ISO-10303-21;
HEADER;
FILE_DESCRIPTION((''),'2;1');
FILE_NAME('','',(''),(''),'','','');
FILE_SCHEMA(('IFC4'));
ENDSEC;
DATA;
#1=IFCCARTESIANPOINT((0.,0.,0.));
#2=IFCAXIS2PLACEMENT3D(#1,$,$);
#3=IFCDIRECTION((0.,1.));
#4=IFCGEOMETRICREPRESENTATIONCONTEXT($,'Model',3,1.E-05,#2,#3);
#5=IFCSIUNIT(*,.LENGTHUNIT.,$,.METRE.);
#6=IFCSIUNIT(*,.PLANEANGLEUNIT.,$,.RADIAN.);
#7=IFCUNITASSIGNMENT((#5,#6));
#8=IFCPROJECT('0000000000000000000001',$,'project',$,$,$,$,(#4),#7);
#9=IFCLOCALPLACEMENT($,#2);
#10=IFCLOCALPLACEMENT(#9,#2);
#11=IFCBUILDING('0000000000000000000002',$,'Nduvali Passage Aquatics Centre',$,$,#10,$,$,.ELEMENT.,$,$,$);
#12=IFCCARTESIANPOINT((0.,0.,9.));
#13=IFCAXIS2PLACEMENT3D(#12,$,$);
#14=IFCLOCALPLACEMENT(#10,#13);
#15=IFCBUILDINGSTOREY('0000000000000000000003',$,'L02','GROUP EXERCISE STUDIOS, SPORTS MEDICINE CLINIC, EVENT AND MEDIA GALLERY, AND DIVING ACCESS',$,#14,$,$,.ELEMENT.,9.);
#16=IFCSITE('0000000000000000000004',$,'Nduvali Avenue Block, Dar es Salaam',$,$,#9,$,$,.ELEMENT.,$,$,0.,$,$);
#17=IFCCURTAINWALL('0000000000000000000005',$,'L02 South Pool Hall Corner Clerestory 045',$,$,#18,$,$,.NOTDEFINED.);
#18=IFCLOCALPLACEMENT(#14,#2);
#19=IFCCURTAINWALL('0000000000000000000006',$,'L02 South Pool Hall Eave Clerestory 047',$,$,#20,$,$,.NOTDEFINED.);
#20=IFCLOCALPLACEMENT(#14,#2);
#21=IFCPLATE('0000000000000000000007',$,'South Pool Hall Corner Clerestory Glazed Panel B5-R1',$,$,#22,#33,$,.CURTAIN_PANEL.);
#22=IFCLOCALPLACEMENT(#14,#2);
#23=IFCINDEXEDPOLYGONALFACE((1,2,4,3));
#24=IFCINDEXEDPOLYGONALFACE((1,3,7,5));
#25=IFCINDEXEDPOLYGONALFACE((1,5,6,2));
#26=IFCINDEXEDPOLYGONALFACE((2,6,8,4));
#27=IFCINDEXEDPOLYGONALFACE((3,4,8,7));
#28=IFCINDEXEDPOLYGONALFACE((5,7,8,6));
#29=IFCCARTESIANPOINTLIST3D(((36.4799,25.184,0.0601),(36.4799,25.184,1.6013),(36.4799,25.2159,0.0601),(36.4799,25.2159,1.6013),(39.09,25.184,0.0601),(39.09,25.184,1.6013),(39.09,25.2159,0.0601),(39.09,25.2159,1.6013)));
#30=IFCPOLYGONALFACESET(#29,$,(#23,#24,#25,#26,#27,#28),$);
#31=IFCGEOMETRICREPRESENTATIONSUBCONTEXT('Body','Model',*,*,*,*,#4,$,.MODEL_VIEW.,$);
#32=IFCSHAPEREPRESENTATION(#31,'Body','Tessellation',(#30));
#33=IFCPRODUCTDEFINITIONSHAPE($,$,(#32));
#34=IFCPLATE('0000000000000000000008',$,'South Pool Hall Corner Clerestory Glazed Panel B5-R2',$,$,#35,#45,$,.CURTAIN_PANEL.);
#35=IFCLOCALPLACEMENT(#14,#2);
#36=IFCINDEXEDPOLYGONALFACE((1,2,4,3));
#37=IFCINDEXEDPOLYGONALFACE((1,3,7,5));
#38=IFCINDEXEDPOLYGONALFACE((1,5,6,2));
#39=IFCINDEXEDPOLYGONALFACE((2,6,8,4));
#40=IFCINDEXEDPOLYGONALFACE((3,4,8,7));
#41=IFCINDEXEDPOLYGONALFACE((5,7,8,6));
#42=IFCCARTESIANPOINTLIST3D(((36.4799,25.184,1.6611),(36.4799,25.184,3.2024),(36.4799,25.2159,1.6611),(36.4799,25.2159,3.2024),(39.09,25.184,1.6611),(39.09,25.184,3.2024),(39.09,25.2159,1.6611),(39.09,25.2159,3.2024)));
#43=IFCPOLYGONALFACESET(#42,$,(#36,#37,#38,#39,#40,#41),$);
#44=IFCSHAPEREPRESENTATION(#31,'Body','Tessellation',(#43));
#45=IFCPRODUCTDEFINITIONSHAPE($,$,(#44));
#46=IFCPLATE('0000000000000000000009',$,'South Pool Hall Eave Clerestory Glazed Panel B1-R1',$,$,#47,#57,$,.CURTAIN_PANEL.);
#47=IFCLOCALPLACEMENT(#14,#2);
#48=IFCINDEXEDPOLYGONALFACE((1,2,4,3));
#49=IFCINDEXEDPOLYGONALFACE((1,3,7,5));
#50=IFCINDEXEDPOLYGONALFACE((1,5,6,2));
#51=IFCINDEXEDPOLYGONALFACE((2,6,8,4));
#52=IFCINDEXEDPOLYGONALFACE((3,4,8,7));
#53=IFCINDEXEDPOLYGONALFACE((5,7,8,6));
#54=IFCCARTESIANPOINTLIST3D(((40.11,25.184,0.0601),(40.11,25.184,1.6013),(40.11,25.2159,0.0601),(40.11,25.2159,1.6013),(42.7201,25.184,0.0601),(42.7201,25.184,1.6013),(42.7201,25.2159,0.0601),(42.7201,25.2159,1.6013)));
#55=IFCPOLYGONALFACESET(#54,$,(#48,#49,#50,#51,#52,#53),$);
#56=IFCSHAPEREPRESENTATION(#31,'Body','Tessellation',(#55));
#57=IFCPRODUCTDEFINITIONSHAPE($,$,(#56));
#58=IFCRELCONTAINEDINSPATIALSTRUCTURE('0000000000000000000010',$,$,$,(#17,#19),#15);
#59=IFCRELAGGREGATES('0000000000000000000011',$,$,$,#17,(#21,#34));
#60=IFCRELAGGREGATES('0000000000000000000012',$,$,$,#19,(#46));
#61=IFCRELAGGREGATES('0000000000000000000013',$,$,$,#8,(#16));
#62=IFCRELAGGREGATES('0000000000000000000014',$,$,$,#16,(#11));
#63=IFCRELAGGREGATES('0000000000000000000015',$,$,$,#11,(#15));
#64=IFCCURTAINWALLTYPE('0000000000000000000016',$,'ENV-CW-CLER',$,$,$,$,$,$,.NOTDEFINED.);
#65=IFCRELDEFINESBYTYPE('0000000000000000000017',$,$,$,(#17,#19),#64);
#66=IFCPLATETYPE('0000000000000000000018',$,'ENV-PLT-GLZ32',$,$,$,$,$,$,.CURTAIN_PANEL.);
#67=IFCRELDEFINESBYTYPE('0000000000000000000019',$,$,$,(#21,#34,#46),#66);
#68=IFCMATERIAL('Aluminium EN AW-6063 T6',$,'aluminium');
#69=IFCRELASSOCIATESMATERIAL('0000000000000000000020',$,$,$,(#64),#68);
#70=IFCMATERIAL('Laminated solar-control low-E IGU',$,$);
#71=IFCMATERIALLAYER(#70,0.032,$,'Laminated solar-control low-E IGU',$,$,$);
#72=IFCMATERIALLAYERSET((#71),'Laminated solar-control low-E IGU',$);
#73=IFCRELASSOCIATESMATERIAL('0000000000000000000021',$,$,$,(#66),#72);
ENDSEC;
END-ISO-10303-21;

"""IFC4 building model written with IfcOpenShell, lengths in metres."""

from ifc_helpers import new_model, si_unit, direction, frame, origin, origin_2d, place, context, subcontext, project, spatial, rectangle, extrude, material, layer, layer_set, type_object, element, aggregate, save


model = new_model("IFC4")

# Units and contexts
model_context = context("Model", 3, precision=1e-05, world=origin(), true_north=direction((0.0, 1.0)))
body_context = subcontext(model_context, "Body", "Model", "MODEL_VIEW")
ifc_project = project(units=[si_unit("LENGTHUNIT", "METRE"), si_unit("PLANEANGLEUNIT", "RADIAN")], contexts=[model_context])

# Site, building, storey
site_placement = place(None, origin())
site = spatial("IfcSite", under=ifc_project, at=site_placement, Name="Nduvali Avenue Block, Dar es Salaam", CompositionType="ELEMENT", RefElevation=0.0)
building_placement = place(site_placement, origin())
building = spatial("IfcBuilding", under=site, at=building_placement, Name="Nduvali Passage Aquatics Centre", CompositionType="ELEMENT")
storey_placement = place(building_placement, frame((0.0, 0.0, 9.0)))
storey = spatial("IfcBuildingStorey", under=building, at=storey_placement, Name="L02", Description="GROUP EXERCISE STUDIOS, SPORTS MEDICINE CLINIC, EVENT AND MEDIA GALLERY, AND DIVING ACCESS", CompositionType="ELEMENT", Elevation=9.0)

# Curtain wall
ifc_material_1 = material(Name="Aluminium EN AW-6063 T6", Category="aluminium")
curtain_wall_type = type_object("IfcCurtainWallType", Name="ENV-CW-CLER", PredefinedType="NOTDEFINED", material=ifc_material_1)
curtain_wall_1_placement = place(storey_placement, origin())
curtain_wall_1 = element("IfcCurtainWall", 1, at=curtain_wall_1_placement, inside=storey, type_object=curtain_wall_type, Name="L02 South Pool Hall Corner Clerestory 045", PredefinedType="NOTDEFINED")

# Curtain wall
curtain_wall_2_placement = place(storey_placement, origin())
curtain_wall_2 = element("IfcCurtainWall", 2, at=curtain_wall_2_placement, inside=storey, type_object=curtain_wall_type, Name="L02 South Pool Hall Eave Clerestory 047", PredefinedType="NOTDEFINED")

# Plates
ifc_material_2 = material(Name="Laminated solar-control low-E IGU")
ifc_layer = layer(ifc_material_2, 0.032, Name="Laminated solar-control low-E IGU")
ifc_layer_set = layer_set([ifc_layer], Name="Laminated solar-control low-E IGU")
plate_type = type_object("IfcPlateType", Name="ENV-PLT-GLZ32", PredefinedType="CURTAIN_PANEL", material=ifc_layer_set)
plate_1_placement = place(storey_placement, frame((37.7849, 25.2, 0.0601), z_axis=(0.0, 0.0, 1.0), x_axis=(1.0, 0.0, 0.0)))
plate_1 = element("IfcPlate", 3, at=plate_1_placement, type_object=plate_type, Name="South Pool Hall Corner Clerestory Glazed Panel B5-R1", PredefinedType="CURTAIN_PANEL", context=body_context, shape_type="SweptSolid", body=[
    extrude(rectangle(XDim=2.6101, YDim=0.032, at=origin_2d()), origin(), (0.0, 0.0, 1.0), 1.5413),
])
plate_2_placement = place(storey_placement, frame((37.7849, 25.2, 1.6611), z_axis=(0.0, 0.0, 1.0), x_axis=(1.0, 0.0, 0.0)))
plate_2 = element("IfcPlate", 4, at=plate_2_placement, type_object=plate_type, Name="South Pool Hall Corner Clerestory Glazed Panel B5-R2", PredefinedType="CURTAIN_PANEL", context=body_context, shape_type="SweptSolid", body=[
    extrude(rectangle(XDim=2.6101, YDim=0.032, at=origin_2d()), origin(), (0.0, 0.0, 1.0), 1.5413),
])
aggregate(curtain_wall_1, [plate_1, plate_2])
plate_3_placement = place(storey_placement, frame((41.415, 25.2, 0.0601), z_axis=(0.0, 0.0, 1.0), x_axis=(1.0, 0.0, 0.0)))
plate_3 = element("IfcPlate", 5, at=plate_3_placement, type_object=plate_type, Name="South Pool Hall Eave Clerestory Glazed Panel B1-R1", PredefinedType="CURTAIN_PANEL", context=body_context, shape_type="SweptSolid", body=[
    extrude(rectangle(XDim=2.6101, YDim=0.032, at=origin_2d()), origin(), (0.0, 0.0, 1.0), 1.5413),
])
aggregate(curtain_wall_2, [plate_3])

save(model, "model.ifc")
